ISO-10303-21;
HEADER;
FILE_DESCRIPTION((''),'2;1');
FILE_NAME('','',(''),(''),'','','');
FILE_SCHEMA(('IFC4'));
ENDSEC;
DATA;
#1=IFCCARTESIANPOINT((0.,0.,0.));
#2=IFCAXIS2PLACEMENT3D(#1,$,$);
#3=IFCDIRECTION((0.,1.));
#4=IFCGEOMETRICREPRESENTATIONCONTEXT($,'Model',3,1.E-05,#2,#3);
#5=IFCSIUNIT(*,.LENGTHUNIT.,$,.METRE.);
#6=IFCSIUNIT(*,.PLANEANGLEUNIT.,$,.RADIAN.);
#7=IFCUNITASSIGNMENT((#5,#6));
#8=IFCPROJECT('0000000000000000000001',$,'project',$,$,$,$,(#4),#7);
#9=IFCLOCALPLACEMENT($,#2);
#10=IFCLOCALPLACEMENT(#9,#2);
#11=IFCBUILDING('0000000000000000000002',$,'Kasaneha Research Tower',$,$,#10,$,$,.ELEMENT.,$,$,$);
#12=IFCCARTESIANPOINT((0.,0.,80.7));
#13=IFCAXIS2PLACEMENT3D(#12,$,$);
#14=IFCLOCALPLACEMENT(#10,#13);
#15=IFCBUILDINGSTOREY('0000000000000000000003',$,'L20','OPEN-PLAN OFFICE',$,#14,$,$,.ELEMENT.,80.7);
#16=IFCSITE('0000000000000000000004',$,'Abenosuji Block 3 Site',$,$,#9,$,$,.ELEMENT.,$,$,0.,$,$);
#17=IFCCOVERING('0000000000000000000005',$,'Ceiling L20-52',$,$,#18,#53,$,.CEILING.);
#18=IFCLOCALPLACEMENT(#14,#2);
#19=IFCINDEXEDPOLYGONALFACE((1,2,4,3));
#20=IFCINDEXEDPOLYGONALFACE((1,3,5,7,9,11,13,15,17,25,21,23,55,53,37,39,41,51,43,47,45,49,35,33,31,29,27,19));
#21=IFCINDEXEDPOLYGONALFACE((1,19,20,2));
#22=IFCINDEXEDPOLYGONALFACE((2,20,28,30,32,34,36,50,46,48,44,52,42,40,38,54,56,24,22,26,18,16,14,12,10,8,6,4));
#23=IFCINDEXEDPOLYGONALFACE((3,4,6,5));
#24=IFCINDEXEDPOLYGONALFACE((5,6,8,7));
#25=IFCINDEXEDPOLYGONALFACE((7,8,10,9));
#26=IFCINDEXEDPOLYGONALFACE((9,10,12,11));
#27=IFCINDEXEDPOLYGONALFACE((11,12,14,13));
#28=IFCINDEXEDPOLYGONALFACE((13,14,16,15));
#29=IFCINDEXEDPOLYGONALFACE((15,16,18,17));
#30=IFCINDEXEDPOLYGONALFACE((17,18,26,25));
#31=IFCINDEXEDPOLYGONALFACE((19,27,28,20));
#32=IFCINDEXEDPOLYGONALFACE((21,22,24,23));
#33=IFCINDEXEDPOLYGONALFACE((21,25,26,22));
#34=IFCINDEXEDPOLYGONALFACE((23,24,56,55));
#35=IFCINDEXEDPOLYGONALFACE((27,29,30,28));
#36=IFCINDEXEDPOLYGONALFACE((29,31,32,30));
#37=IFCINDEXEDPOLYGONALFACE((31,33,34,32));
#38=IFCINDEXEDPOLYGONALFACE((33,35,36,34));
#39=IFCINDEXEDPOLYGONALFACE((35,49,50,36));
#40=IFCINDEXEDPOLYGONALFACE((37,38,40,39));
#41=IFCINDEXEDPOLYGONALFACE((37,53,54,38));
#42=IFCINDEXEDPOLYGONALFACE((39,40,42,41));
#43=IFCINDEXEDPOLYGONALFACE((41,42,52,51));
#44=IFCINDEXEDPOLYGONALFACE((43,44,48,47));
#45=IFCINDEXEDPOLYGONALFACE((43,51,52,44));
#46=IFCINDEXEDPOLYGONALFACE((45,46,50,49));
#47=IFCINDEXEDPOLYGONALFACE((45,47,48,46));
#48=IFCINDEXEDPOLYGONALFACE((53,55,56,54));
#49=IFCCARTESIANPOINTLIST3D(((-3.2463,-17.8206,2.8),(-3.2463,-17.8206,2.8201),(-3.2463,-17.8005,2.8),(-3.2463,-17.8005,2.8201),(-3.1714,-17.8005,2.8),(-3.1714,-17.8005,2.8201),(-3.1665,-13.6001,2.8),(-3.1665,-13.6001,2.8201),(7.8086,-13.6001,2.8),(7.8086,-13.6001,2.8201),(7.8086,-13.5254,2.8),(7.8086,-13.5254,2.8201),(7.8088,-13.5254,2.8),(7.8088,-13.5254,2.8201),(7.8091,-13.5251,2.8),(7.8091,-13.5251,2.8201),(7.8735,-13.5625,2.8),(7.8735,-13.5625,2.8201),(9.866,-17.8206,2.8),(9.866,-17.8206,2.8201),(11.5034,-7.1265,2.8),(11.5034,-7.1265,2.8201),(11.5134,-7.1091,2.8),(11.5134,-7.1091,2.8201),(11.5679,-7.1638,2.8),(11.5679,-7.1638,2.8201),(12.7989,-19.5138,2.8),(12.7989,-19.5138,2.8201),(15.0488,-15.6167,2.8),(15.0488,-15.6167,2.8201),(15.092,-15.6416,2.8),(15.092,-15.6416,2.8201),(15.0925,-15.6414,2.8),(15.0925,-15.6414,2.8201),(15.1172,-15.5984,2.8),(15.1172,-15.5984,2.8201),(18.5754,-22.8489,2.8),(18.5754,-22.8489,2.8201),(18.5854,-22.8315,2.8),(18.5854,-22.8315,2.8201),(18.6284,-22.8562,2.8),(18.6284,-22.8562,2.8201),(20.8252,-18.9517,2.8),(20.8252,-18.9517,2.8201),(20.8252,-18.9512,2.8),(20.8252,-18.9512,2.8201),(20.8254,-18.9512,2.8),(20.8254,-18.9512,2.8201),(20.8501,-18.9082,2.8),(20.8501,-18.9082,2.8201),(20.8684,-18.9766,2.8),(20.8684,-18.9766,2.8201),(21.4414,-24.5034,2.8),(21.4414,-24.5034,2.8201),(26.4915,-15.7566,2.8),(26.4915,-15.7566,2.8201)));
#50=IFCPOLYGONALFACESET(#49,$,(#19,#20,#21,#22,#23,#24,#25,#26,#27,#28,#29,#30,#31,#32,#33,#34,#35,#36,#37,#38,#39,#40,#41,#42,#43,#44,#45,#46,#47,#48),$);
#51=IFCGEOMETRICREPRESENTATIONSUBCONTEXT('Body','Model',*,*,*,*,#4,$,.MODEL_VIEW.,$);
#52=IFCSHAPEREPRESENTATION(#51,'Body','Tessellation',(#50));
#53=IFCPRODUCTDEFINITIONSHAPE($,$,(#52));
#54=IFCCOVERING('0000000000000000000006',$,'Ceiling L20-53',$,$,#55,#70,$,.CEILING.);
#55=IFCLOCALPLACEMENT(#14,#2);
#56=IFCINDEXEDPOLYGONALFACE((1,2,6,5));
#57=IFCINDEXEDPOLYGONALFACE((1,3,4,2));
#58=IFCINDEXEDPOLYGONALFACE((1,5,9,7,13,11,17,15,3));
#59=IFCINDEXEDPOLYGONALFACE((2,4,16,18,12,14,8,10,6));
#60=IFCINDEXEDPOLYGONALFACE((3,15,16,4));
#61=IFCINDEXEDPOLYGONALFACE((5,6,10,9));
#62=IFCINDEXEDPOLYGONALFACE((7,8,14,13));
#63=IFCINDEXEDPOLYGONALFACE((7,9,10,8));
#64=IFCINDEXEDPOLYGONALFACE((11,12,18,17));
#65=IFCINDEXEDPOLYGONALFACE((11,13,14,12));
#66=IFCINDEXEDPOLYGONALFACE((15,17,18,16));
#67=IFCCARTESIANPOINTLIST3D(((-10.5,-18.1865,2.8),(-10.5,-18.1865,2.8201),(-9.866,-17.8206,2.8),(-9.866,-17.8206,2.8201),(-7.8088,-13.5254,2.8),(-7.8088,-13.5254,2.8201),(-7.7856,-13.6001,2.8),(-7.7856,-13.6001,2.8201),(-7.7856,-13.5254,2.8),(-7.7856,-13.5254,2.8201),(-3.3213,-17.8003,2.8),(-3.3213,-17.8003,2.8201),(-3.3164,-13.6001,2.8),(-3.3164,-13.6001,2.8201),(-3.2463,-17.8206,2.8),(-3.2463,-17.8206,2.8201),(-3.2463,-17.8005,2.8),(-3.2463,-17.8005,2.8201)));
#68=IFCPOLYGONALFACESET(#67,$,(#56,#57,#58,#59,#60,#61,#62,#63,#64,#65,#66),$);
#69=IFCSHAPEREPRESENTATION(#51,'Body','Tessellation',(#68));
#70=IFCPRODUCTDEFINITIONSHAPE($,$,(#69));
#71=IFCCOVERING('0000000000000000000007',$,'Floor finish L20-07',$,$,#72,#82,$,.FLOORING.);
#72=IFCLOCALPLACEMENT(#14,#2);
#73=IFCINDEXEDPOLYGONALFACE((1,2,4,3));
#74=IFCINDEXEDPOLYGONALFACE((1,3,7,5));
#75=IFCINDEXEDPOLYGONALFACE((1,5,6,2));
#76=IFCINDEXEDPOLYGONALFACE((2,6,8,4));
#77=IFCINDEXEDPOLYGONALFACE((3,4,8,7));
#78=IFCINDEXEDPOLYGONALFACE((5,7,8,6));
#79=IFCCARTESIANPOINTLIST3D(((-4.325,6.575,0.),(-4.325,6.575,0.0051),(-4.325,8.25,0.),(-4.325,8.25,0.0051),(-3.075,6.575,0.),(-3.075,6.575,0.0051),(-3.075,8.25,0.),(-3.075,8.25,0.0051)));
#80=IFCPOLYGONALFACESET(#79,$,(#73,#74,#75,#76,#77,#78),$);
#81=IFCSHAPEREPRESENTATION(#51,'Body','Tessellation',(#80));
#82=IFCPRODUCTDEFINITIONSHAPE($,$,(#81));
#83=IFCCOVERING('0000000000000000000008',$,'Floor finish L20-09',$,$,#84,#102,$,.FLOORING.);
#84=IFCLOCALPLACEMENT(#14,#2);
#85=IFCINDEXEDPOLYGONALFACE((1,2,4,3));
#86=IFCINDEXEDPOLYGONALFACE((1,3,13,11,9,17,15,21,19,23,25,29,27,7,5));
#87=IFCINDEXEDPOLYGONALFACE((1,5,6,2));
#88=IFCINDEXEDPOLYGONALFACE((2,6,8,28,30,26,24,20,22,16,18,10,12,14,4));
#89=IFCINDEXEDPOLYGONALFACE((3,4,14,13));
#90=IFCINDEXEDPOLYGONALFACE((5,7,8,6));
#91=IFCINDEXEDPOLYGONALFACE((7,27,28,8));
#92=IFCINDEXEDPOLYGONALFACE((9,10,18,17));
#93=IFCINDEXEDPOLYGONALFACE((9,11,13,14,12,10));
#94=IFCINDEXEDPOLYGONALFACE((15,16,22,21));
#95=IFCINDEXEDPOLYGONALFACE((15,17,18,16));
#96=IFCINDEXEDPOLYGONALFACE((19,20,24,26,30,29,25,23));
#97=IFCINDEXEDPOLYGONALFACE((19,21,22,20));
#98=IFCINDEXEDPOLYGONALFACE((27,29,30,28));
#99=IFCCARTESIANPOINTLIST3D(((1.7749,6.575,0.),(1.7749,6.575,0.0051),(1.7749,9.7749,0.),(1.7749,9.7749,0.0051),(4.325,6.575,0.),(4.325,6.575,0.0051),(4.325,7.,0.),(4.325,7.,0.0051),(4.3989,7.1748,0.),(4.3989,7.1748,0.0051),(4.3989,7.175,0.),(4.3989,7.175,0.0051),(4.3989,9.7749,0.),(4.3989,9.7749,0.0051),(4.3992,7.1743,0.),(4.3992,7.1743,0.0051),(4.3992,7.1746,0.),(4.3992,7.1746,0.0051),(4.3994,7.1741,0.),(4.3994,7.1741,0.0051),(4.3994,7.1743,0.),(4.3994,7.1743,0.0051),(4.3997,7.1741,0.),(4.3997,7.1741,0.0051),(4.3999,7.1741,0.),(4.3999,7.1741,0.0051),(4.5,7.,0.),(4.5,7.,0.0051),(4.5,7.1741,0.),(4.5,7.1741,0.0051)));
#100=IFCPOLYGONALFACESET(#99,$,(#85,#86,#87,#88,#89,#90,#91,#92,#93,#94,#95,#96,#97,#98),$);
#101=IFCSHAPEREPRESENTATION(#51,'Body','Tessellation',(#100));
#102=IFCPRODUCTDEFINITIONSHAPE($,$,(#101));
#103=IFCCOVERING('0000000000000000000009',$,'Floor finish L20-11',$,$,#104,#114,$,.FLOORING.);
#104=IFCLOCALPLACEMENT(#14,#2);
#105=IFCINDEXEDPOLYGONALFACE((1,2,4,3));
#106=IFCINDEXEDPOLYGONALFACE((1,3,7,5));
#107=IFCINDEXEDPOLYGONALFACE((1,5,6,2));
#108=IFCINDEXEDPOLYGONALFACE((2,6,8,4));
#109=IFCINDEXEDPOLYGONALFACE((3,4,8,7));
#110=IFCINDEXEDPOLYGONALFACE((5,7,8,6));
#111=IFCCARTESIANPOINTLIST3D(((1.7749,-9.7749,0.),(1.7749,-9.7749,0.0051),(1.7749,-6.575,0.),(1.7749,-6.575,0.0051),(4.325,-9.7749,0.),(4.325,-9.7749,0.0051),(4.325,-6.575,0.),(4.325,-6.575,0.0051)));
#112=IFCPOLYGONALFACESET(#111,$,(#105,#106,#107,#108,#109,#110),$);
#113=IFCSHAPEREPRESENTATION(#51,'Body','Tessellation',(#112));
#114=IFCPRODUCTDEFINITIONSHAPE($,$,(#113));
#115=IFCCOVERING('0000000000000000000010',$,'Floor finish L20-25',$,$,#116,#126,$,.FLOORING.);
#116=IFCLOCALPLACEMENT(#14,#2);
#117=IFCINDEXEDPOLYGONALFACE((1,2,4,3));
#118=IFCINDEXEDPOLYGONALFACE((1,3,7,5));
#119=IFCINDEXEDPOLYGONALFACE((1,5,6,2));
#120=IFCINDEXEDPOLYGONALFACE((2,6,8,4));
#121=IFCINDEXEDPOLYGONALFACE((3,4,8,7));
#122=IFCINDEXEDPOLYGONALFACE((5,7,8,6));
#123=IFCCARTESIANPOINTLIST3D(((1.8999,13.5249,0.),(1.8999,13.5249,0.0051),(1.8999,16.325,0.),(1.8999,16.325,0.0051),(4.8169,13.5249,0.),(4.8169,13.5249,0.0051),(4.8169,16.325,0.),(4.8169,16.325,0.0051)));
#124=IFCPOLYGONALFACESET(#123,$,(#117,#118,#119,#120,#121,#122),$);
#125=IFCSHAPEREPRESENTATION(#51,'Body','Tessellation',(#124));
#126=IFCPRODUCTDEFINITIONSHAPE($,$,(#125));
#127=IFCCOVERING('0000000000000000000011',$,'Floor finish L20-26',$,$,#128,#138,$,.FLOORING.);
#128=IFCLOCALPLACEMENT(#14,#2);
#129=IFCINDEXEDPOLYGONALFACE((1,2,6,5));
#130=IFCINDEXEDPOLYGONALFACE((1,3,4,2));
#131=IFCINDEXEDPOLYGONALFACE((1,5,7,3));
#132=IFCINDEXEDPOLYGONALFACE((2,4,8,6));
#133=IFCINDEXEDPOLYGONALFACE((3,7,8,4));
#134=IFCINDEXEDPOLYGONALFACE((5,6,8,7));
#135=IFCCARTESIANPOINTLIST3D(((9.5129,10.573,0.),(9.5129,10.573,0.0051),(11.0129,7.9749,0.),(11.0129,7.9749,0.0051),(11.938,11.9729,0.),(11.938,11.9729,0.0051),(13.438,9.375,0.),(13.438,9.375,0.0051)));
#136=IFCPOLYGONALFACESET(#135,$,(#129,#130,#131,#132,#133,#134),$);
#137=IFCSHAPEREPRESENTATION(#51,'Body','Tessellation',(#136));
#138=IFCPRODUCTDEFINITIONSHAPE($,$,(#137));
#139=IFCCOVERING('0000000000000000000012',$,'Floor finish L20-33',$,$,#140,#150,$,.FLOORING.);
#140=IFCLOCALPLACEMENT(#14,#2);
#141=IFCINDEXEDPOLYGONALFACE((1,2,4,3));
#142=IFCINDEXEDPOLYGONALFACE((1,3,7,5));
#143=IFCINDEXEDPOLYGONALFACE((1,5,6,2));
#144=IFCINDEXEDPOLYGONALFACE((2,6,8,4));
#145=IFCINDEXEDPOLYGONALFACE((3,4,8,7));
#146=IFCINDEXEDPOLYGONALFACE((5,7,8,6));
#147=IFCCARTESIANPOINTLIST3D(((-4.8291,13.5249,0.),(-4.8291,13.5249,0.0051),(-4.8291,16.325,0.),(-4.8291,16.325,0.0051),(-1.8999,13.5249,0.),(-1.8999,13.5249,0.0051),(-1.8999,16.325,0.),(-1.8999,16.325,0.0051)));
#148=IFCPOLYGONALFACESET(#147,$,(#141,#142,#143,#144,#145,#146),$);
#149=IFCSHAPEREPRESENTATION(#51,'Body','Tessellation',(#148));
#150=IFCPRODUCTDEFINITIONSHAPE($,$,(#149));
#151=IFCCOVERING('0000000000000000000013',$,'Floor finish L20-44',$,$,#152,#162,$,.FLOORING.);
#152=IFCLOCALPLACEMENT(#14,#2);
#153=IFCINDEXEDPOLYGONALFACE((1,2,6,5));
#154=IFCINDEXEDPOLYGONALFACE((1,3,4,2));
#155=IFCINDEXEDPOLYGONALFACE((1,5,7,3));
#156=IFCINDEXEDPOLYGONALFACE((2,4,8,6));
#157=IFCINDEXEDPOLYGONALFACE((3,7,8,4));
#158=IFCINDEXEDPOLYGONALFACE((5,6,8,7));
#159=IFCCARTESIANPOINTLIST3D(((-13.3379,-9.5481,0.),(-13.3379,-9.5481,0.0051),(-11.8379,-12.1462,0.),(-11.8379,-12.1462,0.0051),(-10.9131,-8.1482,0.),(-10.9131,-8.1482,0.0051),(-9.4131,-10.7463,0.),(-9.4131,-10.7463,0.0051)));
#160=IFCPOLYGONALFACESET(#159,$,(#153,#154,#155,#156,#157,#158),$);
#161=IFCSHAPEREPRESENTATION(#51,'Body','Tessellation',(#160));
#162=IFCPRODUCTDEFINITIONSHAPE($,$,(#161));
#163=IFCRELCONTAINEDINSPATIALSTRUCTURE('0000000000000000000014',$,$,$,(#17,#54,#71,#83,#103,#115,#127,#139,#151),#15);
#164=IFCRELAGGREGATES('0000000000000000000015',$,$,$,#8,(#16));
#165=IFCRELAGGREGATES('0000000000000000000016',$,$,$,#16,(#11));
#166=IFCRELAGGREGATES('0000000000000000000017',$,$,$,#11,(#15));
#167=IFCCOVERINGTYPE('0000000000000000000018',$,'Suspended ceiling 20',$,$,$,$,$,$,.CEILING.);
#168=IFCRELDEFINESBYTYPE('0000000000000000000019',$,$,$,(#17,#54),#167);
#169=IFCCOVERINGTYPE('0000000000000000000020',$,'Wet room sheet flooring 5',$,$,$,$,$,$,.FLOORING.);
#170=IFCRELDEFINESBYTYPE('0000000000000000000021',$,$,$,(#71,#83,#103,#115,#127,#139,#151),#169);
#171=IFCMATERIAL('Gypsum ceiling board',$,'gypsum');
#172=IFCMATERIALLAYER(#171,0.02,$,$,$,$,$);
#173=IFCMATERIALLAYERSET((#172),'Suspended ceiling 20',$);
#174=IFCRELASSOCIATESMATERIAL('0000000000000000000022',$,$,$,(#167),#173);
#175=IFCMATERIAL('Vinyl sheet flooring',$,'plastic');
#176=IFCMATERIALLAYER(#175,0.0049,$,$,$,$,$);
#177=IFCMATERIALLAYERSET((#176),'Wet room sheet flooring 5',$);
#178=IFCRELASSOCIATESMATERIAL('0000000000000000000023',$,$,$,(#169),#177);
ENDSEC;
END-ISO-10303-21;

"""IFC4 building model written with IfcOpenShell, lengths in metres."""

from ifc_helpers import new_model, si_unit, direction, frame, origin, place, context, subcontext, project, spatial, polyline, outline, extrude, material, layer, layer_set, type_object, element, save


model = new_model("IFC4")

# Units and contexts
model_context = context("Model", 3, precision=1e-05, world=origin(), true_north=direction((0.0, 1.0)))
body_context = subcontext(model_context, "Body", "Model", "MODEL_VIEW")
ifc_project = project(units=[si_unit("LENGTHUNIT", "METRE"), si_unit("PLANEANGLEUNIT", "RADIAN")], contexts=[model_context])

# Site, building, storey
site_placement = place(None, origin())
site = spatial("IfcSite", under=ifc_project, at=site_placement, Name="Abenosuji Block 3 Site", CompositionType="ELEMENT", RefElevation=0.0)
building_placement = place(site_placement, origin())
building = spatial("IfcBuilding", under=site, at=building_placement, Name="Kasaneha Research Tower", CompositionType="ELEMENT")
storey_placement = place(building_placement, frame((0.0, 0.0, 80.7)))
storey = spatial("IfcBuildingStorey", under=building, at=storey_placement, Name="L20", Description="OPEN-PLAN OFFICE", CompositionType="ELEMENT", Elevation=80.7)

# Coverings
ifc_material_1 = material(Name="Gypsum ceiling board", Category="gypsum")
ifc_layer_1 = layer(ifc_material_1, 0.02)
ifc_layer_set_1 = layer_set([ifc_layer_1], Name="Suspended ceiling 20")
covering_type_1 = type_object("IfcCoveringType", Name="Suspended ceiling 20", PredefinedType="CEILING", material=ifc_layer_set_1)
covering_1_placement = place(storey_placement, frame((0.0, 0.0, 2.8)))
element("IfcCovering", 1, at=covering_1_placement, inside=storey, type_object=covering_type_1, Name="Ceiling L20-52", PredefinedType="CEILING", context=body_context, shape_type="SweptSolid", body=[
    extrude(outline(polyline([(7.8091, -13.5251), (7.8735, -13.5625), (11.5679, -7.1638), (11.5034, -7.1265), (11.5134, -7.1091), (26.4915, -15.7566), (21.4414, -24.5034), (18.5754, -22.8489), (18.5854, -22.8315), (18.6284, -22.8562), (20.8684, -18.9766), (20.8252, -18.9517), (20.8254, -18.9512), (20.8252, -18.9512), (20.8501, -18.9082), (15.1172, -15.5984), (15.0925, -15.6414), (15.0925, -15.6414), (15.092, -15.6416), (15.0488, -15.6167), (12.7988, -19.5139), (12.8418, -19.5386), (12.8418, -19.5386), (9.866, -17.8206), (-3.2463, -17.8206), (-3.2463, -17.8005), (-3.1714, -17.8005), (-3.1665, -13.6001), (7.8086, -13.6001), (7.8086, -13.5254), (7.8088, -13.5254), (7.8091, -13.5251)])), origin(), (0.0, 0.0, 1.0), 0.02),
])
covering_2_placement = place(storey_placement, frame((0.0, 0.0, 2.8)))
element("IfcCovering", 2, at=covering_2_placement, inside=storey, type_object=covering_type_1, Name="Ceiling L20-53", PredefinedType="CEILING", context=body_context, shape_type="SweptSolid", body=[
    extrude(outline(polyline([(-7.8088, -13.5254), (-7.7856, -13.5254), (-7.7856, -13.6001), (-3.3164, -13.6001), (-3.3213, -17.8003), (-3.2463, -17.8005), (-3.2463, -17.8206), (-9.866, -17.8206), (-10.5, -18.1865), (-7.8088, -13.5254)])), origin(), (0.0, 0.0, 1.0), 0.02),
])
ifc_material_2 = material(Name="Vinyl sheet flooring", Category="plastic")
ifc_layer_2 = layer(ifc_material_2, 0.0049)
ifc_layer_set_2 = layer_set([ifc_layer_2], Name="Wet room sheet flooring 5")
covering_type_2 = type_object("IfcCoveringType", Name="Wet room sheet flooring 5", PredefinedType="FLOORING", material=ifc_layer_set_2)
covering_3_placement = place(storey_placement, origin())
element("IfcCovering", 3, at=covering_3_placement, inside=storey, type_object=covering_type_2, Name="Floor finish L20-07", PredefinedType="FLOORING", context=body_context, shape_type="SweptSolid", body=[
    extrude(outline(polyline([(-4.325, 6.575), (-4.325, 8.25), (-3.075, 8.25), (-3.075, 6.575), (-4.325, 6.575)])), origin(), (0.0, 0.0, 1.0), 0.0051),
])
covering_4_placement = place(storey_placement, origin())
element("IfcCovering", 4, at=covering_4_placement, inside=storey, type_object=covering_type_2, Name="Floor finish L20-09", PredefinedType="FLOORING", context=body_context, shape_type="SweptSolid", body=[
    extrude(outline(polyline([(4.3989, 9.7749), (4.3989, 7.175), (4.3989, 7.1748), (4.3989, 7.1748), (4.3989, 7.1748), (4.3992, 7.1746), (4.3992, 7.1746), (4.3992, 7.1746), (4.3992, 7.1743), (4.3992, 7.1743), (4.3994, 7.1743), (4.3994, 7.1741), (4.3994, 7.1741), (4.3997, 7.1741), (4.3997, 7.1741), (4.3999, 7.1741), (4.3999, 7.1741), (4.3999, 7.1741), (4.5, 7.1741), (4.5, 7.0), (4.325, 7.0), (4.325, 6.575), (1.7749, 6.575), (1.7749, 9.7749), (4.3989, 9.7749)])), origin(), (0.0, 0.0, 1.0), 0.0051),
])
covering_5_placement = place(storey_placement, origin())
element("IfcCovering", 5, at=covering_5_placement, inside=storey, type_object=covering_type_2, Name="Floor finish L20-11", PredefinedType="FLOORING", context=body_context, shape_type="SweptSolid", body=[
    extrude(outline(polyline([(1.7749, -9.7749), (1.7749, -6.575), (4.325, -6.575), (4.325, -9.7749), (1.7749, -9.7749)])), origin(), (0.0, 0.0, 1.0), 0.0051),
])
covering_6_placement = place(storey_placement, origin())
element("IfcCovering", 6, at=covering_6_placement, inside=storey, type_object=covering_type_2, Name="Floor finish L20-25", PredefinedType="FLOORING", context=body_context, shape_type="SweptSolid", body=[
    extrude(outline(polyline([(1.8999, 16.325), (4.8169, 16.325), (4.8169, 13.5249), (1.8999, 13.5249), (1.8999, 16.325)])), origin(), (0.0, 0.0, 1.0), 0.0051),
])
covering_7_placement = place(storey_placement, origin())
element("IfcCovering", 7, at=covering_7_placement, inside=storey, type_object=covering_type_2, Name="Floor finish L20-26", PredefinedType="FLOORING", context=body_context, shape_type="SweptSolid", body=[
    extrude(outline(polyline([(11.938, 11.9729), (13.438, 9.375), (11.0129, 7.9749), (9.5129, 10.573), (11.938, 11.9729)])), origin(), (0.0, 0.0, 1.0), 0.0051),
])
covering_8_placement = place(storey_placement, origin())
element("IfcCovering", 8, at=covering_8_placement, inside=storey, type_object=covering_type_2, Name="Floor finish L20-33", PredefinedType="FLOORING", context=body_context, shape_type="SweptSolid", body=[
    extrude(outline(polyline([(-4.8291, 16.325), (-1.8999, 16.325), (-1.8999, 13.5249), (-4.8291, 13.5249), (-4.8291, 16.325)])), origin(), (0.0, 0.0, 1.0), 0.0051),
])
covering_9_placement = place(storey_placement, origin())
element("IfcCovering", 9, at=covering_9_placement, inside=storey, type_object=covering_type_2, Name="Floor finish L20-44", PredefinedType="FLOORING", context=body_context, shape_type="SweptSolid", body=[
    extrude(outline(polyline([(-11.8379, -12.1462), (-13.3379, -9.5481), (-10.9131, -8.1482), (-9.4131, -10.7463), (-11.8379, -12.1462)])), origin(), (0.0, 0.0, 1.0), 0.0051),
])

save(model, "model.ifc")
